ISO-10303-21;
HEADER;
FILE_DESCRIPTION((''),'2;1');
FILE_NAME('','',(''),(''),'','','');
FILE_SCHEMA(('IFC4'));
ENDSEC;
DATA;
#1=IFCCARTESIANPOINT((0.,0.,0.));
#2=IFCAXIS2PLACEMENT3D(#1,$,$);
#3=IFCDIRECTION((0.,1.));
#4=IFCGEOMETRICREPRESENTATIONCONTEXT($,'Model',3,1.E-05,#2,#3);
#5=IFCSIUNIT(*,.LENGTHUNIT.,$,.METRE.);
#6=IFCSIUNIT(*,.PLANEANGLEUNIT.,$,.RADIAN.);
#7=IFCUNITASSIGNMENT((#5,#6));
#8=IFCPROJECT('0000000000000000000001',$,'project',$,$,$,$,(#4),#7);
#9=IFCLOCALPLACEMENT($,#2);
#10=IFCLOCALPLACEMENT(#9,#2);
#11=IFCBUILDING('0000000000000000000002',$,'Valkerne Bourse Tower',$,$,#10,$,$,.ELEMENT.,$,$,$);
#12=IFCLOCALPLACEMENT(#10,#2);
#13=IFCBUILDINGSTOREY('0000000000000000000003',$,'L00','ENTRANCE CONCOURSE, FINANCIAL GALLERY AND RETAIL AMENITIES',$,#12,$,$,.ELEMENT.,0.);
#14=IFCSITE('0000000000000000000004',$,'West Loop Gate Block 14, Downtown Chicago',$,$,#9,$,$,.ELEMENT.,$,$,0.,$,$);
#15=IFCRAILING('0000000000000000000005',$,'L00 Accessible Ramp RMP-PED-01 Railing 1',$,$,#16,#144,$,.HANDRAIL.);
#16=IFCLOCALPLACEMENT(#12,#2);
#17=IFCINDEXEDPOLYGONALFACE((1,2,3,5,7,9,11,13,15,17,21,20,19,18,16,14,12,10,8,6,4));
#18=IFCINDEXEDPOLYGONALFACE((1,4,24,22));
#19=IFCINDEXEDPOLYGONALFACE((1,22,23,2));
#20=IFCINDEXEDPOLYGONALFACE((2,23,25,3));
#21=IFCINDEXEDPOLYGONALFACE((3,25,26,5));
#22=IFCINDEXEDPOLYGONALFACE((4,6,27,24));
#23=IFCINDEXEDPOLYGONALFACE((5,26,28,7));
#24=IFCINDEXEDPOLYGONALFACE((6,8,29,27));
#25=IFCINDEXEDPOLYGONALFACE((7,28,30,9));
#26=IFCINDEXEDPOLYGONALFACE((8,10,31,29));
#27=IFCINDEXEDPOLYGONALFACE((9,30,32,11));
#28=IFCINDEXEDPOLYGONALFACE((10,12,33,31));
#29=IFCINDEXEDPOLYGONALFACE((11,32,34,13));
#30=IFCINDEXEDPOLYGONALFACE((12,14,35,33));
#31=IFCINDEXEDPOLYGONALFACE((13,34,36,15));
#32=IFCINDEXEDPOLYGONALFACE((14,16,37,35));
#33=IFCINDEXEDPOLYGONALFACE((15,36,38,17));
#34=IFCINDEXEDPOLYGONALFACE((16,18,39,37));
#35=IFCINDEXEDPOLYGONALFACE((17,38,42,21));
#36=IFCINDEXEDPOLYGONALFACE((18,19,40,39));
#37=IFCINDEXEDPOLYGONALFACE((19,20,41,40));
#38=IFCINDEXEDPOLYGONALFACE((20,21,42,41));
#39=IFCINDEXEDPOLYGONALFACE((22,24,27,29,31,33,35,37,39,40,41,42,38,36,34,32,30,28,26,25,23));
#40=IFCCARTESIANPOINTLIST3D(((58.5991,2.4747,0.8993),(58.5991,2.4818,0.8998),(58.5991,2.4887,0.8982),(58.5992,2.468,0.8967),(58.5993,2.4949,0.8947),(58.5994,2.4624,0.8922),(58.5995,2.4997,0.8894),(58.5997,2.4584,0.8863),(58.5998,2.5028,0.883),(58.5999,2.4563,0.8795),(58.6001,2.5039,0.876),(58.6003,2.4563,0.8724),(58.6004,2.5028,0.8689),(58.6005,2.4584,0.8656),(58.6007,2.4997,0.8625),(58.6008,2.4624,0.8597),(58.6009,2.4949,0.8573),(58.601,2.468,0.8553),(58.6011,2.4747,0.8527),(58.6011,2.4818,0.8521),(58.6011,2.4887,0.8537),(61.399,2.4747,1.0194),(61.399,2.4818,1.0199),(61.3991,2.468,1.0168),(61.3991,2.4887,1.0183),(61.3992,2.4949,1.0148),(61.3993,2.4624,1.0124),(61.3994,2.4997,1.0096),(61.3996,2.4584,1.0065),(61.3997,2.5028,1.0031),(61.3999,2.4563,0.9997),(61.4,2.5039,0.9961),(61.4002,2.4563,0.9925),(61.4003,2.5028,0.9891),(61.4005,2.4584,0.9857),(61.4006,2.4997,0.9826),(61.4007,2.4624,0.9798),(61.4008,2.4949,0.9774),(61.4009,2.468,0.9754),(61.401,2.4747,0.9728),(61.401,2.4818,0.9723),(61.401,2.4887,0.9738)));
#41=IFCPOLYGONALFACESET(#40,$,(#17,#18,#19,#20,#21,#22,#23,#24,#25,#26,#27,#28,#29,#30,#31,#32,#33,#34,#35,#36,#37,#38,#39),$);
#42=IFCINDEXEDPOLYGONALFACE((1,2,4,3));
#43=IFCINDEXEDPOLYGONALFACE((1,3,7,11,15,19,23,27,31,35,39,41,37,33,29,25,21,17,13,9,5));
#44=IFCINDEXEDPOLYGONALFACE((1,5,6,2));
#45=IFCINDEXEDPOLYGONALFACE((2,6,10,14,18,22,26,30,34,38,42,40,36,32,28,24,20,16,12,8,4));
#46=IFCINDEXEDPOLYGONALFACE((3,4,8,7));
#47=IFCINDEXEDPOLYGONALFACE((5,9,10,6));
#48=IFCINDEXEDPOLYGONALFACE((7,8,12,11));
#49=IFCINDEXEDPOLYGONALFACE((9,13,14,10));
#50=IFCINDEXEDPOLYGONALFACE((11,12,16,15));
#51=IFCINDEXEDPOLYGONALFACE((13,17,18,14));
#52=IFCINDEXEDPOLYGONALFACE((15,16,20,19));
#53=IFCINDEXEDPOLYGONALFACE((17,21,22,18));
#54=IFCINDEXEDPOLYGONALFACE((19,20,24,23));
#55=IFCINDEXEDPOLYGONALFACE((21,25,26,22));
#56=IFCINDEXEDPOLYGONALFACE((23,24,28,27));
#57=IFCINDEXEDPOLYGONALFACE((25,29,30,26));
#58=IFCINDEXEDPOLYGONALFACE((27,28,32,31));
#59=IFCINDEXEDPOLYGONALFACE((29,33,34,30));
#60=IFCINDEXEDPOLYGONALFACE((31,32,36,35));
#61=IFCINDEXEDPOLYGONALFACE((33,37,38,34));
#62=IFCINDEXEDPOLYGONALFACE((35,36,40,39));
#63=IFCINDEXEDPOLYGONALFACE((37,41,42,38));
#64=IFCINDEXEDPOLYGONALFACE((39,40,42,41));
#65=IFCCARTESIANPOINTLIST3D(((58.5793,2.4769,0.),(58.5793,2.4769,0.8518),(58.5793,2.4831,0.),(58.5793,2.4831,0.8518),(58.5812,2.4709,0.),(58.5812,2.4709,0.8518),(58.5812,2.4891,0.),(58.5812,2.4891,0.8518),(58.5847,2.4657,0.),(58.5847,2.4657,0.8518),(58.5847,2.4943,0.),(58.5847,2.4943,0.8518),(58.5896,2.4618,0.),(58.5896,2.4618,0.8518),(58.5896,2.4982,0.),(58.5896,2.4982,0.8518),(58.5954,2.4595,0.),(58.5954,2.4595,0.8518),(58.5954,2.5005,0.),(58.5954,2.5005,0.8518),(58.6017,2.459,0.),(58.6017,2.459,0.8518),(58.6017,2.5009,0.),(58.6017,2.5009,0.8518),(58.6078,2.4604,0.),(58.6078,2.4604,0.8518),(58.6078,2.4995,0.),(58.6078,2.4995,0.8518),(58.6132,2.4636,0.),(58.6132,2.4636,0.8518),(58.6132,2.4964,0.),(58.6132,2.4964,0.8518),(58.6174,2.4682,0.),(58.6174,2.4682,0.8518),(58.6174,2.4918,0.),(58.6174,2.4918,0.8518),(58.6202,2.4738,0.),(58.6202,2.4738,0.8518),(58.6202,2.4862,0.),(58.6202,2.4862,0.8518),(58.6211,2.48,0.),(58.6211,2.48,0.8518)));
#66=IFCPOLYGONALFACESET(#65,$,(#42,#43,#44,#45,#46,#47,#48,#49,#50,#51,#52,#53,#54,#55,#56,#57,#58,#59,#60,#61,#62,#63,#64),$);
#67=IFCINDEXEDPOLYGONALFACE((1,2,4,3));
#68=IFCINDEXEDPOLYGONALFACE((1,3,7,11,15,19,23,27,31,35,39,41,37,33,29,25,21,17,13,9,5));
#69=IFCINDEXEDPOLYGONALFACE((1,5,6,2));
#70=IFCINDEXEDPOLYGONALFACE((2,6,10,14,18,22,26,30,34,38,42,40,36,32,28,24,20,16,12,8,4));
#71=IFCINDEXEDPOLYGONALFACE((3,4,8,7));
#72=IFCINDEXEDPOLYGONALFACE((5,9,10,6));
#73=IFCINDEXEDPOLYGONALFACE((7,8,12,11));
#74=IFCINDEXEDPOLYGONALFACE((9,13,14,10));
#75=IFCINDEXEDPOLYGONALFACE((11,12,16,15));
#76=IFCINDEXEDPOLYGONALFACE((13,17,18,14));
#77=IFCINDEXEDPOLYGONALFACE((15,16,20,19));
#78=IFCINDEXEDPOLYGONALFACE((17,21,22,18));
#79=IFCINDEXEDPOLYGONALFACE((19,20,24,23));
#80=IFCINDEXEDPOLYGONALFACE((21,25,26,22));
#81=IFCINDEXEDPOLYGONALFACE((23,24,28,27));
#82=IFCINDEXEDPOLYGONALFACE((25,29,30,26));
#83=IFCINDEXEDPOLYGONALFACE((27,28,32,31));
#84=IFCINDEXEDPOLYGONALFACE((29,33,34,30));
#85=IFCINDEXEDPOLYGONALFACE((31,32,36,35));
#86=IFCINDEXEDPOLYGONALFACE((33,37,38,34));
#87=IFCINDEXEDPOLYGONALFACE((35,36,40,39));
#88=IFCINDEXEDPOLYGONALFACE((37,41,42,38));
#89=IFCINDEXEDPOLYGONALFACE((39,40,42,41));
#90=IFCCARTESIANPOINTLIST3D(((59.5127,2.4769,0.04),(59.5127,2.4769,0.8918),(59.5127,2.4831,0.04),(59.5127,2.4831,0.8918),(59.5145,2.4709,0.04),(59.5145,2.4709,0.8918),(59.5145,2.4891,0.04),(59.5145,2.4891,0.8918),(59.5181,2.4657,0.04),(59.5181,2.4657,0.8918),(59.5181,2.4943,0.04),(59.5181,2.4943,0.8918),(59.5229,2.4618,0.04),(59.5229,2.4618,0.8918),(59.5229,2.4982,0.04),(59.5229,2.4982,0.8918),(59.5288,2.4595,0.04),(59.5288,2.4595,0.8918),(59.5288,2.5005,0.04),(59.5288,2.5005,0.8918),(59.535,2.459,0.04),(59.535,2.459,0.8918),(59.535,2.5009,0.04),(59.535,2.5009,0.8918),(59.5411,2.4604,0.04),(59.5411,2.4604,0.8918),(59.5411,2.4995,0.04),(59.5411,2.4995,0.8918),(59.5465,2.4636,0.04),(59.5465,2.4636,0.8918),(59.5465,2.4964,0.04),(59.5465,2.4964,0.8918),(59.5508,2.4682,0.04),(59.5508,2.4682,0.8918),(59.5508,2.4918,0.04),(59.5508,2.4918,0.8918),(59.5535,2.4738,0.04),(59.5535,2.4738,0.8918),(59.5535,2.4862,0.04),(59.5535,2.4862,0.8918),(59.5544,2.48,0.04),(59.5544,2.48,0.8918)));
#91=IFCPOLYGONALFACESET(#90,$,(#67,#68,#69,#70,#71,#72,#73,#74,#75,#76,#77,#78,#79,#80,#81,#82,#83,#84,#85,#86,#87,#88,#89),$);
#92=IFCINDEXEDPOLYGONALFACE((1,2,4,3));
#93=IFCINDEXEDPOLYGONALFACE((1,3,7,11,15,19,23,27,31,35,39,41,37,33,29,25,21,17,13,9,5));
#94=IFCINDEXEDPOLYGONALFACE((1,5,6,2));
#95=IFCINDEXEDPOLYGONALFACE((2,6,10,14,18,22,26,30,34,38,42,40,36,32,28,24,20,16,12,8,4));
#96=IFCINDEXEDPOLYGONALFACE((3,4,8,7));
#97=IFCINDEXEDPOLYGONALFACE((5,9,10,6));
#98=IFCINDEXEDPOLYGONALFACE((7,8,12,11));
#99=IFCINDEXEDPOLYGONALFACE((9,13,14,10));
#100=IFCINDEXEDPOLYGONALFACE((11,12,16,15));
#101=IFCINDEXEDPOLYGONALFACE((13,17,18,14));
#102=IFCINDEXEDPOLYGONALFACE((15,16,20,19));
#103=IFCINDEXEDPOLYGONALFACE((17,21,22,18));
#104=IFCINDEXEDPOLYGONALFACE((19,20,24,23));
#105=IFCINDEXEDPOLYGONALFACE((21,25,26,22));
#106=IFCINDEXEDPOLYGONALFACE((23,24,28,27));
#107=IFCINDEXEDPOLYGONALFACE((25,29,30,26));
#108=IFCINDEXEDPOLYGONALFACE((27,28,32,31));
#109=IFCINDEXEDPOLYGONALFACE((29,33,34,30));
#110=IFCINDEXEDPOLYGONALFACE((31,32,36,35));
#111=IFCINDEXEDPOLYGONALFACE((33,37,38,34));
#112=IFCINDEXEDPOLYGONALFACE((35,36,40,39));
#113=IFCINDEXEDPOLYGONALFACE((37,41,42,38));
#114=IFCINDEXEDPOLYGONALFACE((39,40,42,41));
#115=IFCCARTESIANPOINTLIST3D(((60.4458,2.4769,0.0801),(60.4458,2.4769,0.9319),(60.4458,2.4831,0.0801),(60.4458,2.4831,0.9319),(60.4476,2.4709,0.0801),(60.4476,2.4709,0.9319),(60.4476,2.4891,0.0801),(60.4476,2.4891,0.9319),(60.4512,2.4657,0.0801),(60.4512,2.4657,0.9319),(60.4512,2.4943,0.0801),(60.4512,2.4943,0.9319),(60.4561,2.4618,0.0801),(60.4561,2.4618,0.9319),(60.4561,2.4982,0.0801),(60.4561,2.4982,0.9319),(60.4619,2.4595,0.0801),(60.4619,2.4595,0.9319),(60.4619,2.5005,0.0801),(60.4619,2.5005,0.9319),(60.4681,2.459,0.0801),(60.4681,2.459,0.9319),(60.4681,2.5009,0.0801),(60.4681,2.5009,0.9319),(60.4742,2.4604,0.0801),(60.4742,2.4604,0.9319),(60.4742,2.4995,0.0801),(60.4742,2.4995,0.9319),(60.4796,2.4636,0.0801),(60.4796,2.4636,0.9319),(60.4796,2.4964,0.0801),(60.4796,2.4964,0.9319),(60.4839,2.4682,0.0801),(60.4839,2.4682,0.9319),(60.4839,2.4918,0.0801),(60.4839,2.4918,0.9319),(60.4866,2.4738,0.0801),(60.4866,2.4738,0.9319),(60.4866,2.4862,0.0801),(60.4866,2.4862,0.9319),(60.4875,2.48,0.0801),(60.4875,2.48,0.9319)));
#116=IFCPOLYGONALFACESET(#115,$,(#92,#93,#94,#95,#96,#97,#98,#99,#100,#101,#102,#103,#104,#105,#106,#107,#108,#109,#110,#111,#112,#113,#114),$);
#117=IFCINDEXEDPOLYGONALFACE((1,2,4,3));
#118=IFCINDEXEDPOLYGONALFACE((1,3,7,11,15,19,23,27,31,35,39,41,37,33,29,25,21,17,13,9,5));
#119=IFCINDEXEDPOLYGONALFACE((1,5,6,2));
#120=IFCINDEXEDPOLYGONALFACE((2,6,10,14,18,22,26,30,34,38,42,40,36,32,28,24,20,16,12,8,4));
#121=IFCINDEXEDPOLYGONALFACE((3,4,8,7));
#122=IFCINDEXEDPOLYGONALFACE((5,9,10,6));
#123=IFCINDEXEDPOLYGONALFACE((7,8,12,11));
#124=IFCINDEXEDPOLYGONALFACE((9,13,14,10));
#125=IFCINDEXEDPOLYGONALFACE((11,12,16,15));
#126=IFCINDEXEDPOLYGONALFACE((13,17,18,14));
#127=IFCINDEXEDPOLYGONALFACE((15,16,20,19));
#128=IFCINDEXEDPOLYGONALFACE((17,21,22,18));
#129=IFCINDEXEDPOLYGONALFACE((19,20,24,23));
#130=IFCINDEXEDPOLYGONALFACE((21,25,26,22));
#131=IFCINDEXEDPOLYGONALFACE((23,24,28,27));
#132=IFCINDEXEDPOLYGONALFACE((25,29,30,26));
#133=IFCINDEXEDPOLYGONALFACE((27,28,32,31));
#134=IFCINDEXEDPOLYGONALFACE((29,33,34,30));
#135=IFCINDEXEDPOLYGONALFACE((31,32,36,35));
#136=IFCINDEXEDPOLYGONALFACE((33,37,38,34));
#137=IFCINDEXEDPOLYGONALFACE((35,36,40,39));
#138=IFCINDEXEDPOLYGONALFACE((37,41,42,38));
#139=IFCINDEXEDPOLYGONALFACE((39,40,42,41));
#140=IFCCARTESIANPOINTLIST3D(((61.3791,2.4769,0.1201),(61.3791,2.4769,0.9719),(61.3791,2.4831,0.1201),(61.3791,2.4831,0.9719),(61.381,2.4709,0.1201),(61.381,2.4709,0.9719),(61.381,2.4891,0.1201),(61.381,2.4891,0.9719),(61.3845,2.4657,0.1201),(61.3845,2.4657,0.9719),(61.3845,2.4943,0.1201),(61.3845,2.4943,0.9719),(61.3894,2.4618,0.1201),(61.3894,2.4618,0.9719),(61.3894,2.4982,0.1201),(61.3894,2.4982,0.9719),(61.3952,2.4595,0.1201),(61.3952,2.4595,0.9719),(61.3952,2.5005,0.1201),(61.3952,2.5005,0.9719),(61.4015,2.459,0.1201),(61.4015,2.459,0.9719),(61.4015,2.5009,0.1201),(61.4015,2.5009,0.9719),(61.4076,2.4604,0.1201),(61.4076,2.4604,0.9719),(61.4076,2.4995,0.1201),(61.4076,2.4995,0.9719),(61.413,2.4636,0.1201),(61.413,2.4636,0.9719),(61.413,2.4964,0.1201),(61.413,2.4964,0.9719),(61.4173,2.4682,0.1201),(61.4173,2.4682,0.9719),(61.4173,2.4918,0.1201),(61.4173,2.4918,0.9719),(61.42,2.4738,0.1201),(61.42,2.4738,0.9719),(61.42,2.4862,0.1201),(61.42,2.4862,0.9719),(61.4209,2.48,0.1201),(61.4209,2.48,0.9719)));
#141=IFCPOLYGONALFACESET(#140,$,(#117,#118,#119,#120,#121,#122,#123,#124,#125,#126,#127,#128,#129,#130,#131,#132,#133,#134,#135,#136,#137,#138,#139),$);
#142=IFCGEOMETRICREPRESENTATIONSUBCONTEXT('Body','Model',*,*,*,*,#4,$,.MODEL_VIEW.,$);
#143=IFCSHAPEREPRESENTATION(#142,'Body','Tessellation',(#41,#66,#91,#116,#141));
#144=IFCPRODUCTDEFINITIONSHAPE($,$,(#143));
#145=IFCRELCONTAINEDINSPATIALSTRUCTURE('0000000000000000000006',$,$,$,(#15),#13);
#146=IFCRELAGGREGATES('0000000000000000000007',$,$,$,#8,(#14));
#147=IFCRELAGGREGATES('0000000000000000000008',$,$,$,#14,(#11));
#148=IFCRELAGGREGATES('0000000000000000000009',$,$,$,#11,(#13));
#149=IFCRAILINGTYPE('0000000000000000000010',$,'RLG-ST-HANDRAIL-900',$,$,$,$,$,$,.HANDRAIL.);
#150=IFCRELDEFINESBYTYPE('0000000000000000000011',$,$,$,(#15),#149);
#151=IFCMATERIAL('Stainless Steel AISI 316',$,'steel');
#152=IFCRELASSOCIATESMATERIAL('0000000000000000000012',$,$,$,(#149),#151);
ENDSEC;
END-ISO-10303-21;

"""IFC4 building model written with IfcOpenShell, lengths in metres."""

from ifc_helpers import new_model, si_unit, direction, frame, origin, origin_2d, place, context, subcontext, project, spatial, circle, extrude, material, type_object, element, save


model = new_model("IFC4")

# Units and contexts
model_context = context("Model", 3, precision=1e-05, world=origin(), true_north=direction((0.0, 1.0)))
body_context = subcontext(model_context, "Body", "Model", "MODEL_VIEW")
ifc_project = project(units=[si_unit("LENGTHUNIT", "METRE"), si_unit("PLANEANGLEUNIT", "RADIAN")], contexts=[model_context])

# Site, building, storey
site_placement = place(None, origin())
site = spatial("IfcSite", under=ifc_project, at=site_placement, Name="West Loop Gate Block 14, Downtown Chicago", CompositionType="ELEMENT", RefElevation=0.0)
building_placement = place(site_placement, origin())
building = spatial("IfcBuilding", under=site, at=building_placement, Name="Valkerne Bourse Tower", CompositionType="ELEMENT")
storey_placement = place(building_placement, origin())
storey = spatial("IfcBuildingStorey", under=building, at=storey_placement, Name="L00", Description="ENTRANCE CONCOURSE, FINANCIAL GALLERY AND RETAIL AMENITIES", CompositionType="ELEMENT", Elevation=0.0)

# Railing
ifc_material_1 = material(Name="Stainless Steel AISI 316", Category="steel")
railing_type = type_object("IfcRailingType", Name="RLG-ST-HANDRAIL-900", PredefinedType="HANDRAIL", material=ifc_material_1)
for number, where, name in (
    (1, (58.6001, 2.48, 0.0), "L00 Accessible Ramp RMP-PED-01 Railing 1"),
):
    element("IfcRailing", number, at=place(storey_placement, frame(where)), inside=storey, type_object=railing_type, Name=name, PredefinedType="HANDRAIL", context=body_context, shape_type="SweptSolid", body=[
        extrude(circle(Radius=0.0239, at=origin_2d()), frame((0.0, 0.0, 0.876), z_axis=(0.999081, 0.0, 0.042863), x_axis=(0.0, 1.0, 0.0)), (0.0, 0.0, 1.0), 2.8025),
        extrude(circle(Radius=0.021, at=origin_2d()), origin(), (0.0, 0.0, 1.0), 0.8518),
        extrude(circle(Radius=0.021, at=origin_2d()), frame((0.9333, 0.0, 0.04)), (0.0, 0.0, 1.0), 0.8518),
        extrude(circle(Radius=0.021, at=origin_2d()), frame((1.8665, 0.0, 0.0801)), (0.0, 0.0, 1.0), 0.8518),
        extrude(circle(Radius=0.021, at=origin_2d()), frame((2.7998, 0.0, 0.1201)), (0.0, 0.0, 1.0), 0.8518),
    ])

save(model, "model.ifc")
